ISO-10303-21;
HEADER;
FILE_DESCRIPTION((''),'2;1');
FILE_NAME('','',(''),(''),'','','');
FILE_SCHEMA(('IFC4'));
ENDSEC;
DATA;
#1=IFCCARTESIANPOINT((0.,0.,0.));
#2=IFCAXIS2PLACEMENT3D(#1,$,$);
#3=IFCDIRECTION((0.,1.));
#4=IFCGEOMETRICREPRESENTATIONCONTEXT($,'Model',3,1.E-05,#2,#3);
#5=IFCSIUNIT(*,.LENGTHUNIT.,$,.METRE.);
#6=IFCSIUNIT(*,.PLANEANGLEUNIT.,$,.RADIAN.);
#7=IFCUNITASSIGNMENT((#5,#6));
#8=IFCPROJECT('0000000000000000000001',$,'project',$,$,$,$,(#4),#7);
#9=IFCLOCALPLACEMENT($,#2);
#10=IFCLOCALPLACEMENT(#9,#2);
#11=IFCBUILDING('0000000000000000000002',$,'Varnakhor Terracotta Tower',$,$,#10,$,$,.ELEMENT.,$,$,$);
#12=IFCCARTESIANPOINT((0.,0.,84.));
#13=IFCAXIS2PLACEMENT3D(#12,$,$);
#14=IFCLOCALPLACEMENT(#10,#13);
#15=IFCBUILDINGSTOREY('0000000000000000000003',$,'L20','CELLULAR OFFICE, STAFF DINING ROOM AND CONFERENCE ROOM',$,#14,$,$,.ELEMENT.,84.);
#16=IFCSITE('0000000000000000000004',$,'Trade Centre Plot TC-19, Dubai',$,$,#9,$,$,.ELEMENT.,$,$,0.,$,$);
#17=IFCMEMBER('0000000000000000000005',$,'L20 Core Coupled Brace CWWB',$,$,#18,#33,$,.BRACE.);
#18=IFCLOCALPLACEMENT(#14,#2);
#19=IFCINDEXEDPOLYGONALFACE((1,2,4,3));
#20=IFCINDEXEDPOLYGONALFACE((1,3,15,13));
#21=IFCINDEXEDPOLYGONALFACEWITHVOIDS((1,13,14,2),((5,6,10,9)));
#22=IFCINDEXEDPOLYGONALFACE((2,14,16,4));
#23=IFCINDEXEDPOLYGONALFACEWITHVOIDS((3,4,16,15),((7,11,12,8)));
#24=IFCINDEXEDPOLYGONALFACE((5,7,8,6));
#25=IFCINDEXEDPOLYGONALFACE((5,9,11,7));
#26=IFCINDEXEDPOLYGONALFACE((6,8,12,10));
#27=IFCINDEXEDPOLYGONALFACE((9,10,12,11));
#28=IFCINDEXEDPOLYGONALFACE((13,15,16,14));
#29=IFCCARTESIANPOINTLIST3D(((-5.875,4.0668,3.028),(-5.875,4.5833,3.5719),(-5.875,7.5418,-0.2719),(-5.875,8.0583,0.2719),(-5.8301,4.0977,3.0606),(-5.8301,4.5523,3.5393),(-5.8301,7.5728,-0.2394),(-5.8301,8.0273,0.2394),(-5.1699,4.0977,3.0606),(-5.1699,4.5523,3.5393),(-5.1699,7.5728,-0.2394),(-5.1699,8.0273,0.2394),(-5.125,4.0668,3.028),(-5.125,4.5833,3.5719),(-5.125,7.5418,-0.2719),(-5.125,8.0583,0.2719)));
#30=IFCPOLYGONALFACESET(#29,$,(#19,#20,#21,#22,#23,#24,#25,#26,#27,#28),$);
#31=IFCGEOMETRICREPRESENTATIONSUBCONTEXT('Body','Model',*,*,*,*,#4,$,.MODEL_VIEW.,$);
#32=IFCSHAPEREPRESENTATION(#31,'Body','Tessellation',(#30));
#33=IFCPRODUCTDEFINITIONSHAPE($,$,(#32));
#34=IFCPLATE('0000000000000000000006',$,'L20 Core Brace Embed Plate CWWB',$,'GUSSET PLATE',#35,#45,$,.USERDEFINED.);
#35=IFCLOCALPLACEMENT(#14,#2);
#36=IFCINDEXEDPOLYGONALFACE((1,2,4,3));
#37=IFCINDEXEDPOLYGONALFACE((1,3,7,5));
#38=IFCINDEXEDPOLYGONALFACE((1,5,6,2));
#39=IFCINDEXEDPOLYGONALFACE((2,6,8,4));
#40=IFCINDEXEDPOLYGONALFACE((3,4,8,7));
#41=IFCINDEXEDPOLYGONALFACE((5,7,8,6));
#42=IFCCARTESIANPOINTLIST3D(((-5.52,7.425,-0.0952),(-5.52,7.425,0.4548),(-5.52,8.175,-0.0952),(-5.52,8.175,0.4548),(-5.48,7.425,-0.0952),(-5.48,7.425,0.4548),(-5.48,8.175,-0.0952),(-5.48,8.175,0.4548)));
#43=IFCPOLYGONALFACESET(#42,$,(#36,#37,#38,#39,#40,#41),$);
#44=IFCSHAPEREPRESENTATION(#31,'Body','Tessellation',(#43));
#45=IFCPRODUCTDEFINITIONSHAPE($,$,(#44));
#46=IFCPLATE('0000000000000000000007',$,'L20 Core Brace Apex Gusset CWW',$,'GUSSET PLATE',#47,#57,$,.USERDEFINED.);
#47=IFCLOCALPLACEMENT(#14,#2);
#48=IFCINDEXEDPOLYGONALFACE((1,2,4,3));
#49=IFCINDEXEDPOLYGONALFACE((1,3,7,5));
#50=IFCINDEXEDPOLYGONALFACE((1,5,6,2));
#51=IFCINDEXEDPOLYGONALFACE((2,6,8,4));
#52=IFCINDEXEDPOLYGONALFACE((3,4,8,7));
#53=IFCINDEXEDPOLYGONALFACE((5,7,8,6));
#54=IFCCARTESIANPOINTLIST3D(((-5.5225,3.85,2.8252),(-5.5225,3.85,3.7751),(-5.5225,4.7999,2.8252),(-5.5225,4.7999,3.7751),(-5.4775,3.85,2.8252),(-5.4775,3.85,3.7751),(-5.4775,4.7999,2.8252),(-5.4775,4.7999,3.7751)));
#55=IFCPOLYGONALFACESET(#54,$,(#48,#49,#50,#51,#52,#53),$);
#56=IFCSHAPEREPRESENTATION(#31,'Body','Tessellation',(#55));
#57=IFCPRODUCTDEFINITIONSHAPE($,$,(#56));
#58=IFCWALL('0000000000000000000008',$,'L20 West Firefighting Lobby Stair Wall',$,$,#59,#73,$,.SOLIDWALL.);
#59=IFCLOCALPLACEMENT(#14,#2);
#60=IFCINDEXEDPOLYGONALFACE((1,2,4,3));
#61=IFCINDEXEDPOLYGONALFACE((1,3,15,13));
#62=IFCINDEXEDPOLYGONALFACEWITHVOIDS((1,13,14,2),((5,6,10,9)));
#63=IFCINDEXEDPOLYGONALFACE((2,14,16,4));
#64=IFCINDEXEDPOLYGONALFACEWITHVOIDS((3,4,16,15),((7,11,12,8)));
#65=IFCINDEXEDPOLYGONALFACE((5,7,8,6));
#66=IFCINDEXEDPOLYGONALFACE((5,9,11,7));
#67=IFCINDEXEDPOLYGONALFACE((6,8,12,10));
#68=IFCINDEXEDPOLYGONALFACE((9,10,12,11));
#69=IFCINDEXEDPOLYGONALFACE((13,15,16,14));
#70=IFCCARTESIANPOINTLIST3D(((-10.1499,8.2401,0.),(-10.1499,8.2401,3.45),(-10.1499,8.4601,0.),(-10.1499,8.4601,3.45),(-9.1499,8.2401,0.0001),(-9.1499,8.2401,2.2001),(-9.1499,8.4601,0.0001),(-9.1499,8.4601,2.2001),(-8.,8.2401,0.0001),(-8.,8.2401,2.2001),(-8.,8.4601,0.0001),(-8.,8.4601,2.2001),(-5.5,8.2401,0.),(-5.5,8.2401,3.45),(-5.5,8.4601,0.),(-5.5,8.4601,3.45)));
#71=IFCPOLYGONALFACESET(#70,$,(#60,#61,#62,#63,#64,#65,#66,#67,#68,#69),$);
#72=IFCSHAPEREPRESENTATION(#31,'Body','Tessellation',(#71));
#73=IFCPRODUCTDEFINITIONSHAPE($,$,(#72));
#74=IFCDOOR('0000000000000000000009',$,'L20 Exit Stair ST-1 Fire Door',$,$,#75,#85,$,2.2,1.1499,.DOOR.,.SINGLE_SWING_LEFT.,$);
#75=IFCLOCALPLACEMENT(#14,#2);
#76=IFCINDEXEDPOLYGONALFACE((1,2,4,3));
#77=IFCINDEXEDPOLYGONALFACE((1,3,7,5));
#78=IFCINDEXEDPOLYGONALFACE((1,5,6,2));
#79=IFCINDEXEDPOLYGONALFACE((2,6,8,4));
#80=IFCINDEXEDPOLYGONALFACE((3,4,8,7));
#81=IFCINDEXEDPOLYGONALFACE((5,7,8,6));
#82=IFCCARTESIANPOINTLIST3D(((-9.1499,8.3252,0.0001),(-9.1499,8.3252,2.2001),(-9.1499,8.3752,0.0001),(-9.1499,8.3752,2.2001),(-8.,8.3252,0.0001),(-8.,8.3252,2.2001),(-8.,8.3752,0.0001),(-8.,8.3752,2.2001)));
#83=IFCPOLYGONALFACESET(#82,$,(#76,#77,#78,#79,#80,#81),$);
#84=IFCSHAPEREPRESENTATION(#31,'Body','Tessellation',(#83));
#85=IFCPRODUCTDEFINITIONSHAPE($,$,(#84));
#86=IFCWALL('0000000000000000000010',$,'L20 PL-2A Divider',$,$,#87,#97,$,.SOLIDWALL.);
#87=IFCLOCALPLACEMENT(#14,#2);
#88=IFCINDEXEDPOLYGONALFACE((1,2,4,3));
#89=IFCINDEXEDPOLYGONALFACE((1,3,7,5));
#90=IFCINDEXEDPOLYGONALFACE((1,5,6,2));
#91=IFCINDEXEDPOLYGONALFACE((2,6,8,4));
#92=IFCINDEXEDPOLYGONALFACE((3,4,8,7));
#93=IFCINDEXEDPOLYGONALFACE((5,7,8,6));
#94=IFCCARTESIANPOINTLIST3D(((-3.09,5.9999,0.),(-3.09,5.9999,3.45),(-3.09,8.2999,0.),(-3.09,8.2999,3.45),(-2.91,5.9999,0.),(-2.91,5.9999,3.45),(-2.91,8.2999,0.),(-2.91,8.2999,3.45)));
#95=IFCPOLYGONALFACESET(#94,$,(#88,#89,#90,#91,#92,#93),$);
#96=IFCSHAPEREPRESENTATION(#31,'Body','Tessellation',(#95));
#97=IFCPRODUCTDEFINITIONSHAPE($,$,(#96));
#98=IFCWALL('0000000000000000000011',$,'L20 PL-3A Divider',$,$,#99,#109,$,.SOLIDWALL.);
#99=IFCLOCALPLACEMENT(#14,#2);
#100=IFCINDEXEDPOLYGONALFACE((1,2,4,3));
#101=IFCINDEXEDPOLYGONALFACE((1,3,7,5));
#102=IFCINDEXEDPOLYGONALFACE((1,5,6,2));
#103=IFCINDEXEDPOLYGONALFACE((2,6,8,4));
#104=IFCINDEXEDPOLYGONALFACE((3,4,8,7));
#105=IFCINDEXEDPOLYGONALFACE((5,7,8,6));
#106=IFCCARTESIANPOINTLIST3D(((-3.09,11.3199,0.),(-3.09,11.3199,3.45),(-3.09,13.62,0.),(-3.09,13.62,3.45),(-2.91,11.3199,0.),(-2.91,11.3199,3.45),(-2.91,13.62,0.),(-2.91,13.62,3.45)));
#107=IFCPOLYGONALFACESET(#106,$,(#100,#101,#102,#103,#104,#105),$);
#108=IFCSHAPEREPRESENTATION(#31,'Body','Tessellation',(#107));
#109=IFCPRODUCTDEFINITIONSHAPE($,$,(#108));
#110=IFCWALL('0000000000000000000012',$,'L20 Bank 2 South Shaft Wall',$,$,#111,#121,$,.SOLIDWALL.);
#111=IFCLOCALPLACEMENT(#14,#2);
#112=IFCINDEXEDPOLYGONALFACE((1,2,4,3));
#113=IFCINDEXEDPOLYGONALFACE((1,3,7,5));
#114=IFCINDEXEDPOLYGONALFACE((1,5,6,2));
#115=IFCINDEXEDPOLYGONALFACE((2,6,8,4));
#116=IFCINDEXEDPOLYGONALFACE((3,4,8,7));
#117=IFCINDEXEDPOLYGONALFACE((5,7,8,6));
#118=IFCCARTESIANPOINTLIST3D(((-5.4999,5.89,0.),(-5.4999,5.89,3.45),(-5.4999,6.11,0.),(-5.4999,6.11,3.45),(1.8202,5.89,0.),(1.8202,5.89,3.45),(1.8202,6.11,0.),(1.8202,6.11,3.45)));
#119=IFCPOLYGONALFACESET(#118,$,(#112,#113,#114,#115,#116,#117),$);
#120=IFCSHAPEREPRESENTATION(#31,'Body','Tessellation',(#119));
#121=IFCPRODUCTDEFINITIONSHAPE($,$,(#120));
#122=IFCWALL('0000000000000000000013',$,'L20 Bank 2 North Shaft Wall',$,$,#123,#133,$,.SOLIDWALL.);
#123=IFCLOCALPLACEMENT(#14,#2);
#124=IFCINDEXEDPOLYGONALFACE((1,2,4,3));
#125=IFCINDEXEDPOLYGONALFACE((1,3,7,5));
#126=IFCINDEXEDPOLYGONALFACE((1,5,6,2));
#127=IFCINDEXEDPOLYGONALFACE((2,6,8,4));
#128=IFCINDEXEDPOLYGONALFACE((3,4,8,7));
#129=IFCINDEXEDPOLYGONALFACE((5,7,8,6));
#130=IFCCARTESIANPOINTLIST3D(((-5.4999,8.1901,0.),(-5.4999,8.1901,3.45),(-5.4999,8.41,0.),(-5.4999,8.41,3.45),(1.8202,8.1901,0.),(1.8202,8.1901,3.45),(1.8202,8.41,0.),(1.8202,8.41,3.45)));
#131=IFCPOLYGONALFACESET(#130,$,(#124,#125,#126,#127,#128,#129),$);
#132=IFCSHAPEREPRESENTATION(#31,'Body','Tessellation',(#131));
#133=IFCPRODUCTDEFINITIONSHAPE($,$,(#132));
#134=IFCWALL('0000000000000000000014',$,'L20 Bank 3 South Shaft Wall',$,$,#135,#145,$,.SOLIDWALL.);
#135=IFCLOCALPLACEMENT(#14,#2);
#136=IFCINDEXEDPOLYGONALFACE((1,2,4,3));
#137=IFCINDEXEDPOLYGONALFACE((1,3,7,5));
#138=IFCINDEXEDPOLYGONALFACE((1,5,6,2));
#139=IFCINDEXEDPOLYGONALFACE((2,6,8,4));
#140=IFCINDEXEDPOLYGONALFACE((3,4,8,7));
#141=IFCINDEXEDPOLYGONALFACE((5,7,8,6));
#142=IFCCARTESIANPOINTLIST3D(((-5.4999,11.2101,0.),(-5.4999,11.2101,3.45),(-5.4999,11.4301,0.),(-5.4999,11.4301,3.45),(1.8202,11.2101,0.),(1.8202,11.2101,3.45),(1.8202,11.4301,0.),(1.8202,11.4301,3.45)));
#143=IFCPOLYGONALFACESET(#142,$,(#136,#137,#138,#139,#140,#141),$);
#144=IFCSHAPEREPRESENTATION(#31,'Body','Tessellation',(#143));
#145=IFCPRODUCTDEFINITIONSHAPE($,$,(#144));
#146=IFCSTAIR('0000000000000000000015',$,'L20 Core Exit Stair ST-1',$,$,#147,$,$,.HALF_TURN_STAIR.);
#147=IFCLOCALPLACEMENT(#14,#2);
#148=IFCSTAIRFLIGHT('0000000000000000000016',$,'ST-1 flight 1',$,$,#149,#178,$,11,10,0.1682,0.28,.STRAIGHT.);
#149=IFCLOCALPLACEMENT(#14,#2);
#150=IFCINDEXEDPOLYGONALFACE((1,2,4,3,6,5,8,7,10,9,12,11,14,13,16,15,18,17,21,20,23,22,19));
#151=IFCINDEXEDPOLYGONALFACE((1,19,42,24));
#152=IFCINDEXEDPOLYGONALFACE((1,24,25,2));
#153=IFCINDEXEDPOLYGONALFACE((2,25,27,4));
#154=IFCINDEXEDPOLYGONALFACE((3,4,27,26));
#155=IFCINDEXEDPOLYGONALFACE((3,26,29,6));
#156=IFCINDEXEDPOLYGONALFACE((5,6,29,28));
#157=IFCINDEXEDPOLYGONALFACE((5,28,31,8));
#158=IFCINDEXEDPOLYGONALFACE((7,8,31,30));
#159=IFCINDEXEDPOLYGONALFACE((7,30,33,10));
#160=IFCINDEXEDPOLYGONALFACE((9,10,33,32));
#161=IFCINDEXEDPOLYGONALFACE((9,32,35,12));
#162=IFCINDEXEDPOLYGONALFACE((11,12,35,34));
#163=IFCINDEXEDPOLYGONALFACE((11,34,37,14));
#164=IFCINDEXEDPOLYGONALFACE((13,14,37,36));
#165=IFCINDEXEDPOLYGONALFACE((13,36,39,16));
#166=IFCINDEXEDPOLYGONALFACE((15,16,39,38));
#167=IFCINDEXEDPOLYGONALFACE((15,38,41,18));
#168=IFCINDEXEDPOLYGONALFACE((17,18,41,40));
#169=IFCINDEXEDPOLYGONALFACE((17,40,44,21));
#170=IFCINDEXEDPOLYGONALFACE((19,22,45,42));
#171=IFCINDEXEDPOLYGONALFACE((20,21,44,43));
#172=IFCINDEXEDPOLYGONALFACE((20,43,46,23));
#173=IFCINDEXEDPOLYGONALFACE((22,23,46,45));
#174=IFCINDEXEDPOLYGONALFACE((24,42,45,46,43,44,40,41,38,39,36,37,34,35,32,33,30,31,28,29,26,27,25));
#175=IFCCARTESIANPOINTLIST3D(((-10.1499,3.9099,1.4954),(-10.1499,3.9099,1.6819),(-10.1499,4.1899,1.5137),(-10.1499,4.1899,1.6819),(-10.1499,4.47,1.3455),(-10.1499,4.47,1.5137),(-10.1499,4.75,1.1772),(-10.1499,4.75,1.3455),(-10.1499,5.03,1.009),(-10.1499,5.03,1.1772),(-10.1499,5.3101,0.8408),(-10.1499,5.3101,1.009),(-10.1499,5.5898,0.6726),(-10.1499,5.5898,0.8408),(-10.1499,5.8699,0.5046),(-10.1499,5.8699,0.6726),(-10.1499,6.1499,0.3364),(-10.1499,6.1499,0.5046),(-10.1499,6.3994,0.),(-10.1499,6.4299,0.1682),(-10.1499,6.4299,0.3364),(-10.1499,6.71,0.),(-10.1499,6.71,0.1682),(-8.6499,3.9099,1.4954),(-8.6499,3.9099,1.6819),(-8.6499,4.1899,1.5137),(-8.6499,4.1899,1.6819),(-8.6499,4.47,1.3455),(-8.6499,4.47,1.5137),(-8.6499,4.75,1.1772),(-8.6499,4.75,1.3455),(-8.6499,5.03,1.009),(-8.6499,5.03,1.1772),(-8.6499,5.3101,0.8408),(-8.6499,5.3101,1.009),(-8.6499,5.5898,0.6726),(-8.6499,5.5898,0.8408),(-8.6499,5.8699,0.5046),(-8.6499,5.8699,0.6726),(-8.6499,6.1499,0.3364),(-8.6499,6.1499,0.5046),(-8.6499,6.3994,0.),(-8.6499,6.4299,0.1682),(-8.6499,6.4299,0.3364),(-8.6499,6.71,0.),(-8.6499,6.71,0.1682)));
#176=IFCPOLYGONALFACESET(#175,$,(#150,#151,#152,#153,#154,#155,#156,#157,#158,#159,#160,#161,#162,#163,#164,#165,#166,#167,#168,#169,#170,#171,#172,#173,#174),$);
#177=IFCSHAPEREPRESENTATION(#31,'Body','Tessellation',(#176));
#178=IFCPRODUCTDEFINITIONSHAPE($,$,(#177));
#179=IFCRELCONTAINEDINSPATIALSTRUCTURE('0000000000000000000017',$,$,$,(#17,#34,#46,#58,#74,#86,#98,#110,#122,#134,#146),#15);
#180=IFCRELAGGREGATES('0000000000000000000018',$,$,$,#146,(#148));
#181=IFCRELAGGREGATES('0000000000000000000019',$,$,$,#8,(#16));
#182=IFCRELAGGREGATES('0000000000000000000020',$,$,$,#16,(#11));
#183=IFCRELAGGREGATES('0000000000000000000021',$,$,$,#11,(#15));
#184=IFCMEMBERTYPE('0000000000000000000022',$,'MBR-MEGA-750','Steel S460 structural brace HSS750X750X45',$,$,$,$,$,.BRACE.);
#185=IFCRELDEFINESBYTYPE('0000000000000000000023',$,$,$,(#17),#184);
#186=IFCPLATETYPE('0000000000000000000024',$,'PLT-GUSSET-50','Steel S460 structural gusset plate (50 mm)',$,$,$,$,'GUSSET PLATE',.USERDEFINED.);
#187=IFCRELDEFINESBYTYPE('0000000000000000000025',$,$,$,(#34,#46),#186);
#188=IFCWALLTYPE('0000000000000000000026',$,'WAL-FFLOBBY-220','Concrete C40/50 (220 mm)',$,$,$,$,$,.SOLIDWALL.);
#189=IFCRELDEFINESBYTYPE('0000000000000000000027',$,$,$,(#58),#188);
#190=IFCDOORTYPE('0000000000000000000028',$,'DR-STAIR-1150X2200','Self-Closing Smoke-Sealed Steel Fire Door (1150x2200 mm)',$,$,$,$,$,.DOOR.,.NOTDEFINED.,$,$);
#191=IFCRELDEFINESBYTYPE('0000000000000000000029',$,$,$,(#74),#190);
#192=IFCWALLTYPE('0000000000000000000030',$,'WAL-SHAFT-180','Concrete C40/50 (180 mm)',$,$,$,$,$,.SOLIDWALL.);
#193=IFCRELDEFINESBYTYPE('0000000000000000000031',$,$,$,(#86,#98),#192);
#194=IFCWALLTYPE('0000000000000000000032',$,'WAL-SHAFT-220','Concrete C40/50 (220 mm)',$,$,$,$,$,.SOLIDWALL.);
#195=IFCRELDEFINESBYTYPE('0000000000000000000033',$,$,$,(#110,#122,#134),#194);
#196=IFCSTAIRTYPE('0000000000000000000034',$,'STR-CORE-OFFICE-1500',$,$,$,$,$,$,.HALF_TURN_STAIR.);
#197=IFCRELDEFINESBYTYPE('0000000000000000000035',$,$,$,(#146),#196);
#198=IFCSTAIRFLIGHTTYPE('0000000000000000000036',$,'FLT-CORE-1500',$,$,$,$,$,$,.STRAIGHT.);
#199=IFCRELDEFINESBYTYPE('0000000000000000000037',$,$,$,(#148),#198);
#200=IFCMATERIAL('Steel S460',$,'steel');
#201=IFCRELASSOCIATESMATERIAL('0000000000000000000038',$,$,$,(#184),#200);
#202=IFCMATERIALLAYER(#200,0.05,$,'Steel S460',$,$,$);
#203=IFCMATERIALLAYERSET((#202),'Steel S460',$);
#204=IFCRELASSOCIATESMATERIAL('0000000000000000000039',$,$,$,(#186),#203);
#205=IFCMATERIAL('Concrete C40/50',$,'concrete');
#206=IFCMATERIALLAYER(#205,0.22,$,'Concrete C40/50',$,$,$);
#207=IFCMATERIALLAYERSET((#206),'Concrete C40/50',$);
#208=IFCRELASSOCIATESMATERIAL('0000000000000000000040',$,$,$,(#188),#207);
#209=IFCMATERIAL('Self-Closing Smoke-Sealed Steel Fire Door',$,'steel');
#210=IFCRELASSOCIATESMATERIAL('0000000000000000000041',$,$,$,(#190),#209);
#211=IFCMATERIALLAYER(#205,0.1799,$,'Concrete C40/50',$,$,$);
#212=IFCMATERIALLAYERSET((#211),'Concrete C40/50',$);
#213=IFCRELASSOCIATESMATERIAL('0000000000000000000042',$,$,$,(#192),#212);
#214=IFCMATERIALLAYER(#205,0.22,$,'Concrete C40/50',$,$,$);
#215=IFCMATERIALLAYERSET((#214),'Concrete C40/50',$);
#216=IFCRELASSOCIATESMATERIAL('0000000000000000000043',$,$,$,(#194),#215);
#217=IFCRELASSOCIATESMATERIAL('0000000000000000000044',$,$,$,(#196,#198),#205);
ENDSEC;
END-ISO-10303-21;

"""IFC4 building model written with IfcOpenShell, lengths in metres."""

from ifc_helpers import new_model, si_unit, direction, frame, frame_2d, origin, origin_2d, place, context, subcontext, project, spatial, polyline, rectangle, hollow_rectangle, outline, extrude, source, transform, mapped, material, layer, layer_set, material_profile, profile_set, type_object, type_shapes, element, fill, aggregate, save


model = new_model("IFC4")

# Units and contexts
model_context = context("Model", 3, precision=1e-05, world=origin(), true_north=direction((0.0, 1.0)))
body_context = subcontext(model_context, "Body", "Model", "MODEL_VIEW")
ifc_project = project(units=[si_unit("LENGTHUNIT", "METRE"), si_unit("PLANEANGLEUNIT", "RADIAN")], contexts=[model_context])

# Site, building, storey
site_placement = place(None, origin())
site = spatial("IfcSite", under=ifc_project, at=site_placement, Name="Trade Centre Plot TC-19, Dubai", CompositionType="ELEMENT", RefElevation=0.0)
building_placement = place(site_placement, origin())
building = spatial("IfcBuilding", under=site, at=building_placement, Name="Varnakhor Terracotta Tower", CompositionType="ELEMENT")
storey_placement = place(building_placement, frame((0.0, 0.0, 84.0)))
storey = spatial("IfcBuildingStorey", under=building, at=storey_placement, Name="L20", Description="CELLULAR OFFICE, STAFF DINING ROOM AND CONFERENCE ROOM", CompositionType="ELEMENT", Elevation=84.0)

# Member
ifc_material_1 = material(Name="Steel S460", Category="steel")
ifc_material_profile = material_profile(ifc_material_1, hollow_rectangle(XDim=0.75, YDim=0.75, WallThickness=0.0449, at=origin_2d()), Name="HSS750X750X45")
ifc_profile_set = profile_set([ifc_material_profile], Name="Steel S460")
member_type = type_object("IfcMemberType", Name="MBR-MEGA-750", Description="Steel S460 structural brace HSS750X750X45", PredefinedType="BRACE", material=ifc_profile_set)
shared_shape_1 = source(origin(), body_context, "Body", "SweptSolid", [
    extrude(hollow_rectangle(XDim=0.75, YDim=0.75, WallThickness=0.0449, at=origin_2d()), origin(), (0.0, 0.0, 1.0), 4.7922),
])
member_placement = place(storey_placement, frame((-5.5, 7.8, 0.0), z_axis=(0.0, -0.725134, 0.688608), x_axis=(1.0, 0.0, 0.0)))
element("IfcMember", 1, at=member_placement, inside=storey, type_object=member_type, Name="L20 Core Coupled Brace CWWB", PredefinedType="BRACE", context=body_context, shape_type="MappedRepresentation", body=[
    mapped(shared_shape_1, transform((0.0, 0.0, 0.0), scale=1.0)),
])

# Plates
ifc_layer_1 = layer(ifc_material_1, 0.05, Name="Steel S460")
ifc_layer_set_1 = layer_set([ifc_layer_1], Name="Steel S460")
plate_type = type_object("IfcPlateType", Name="PLT-GUSSET-50", Description="Steel S460 structural gusset plate (50 mm)", ElementType="GUSSET PLATE", PredefinedType="USERDEFINED", material=ifc_layer_set_1)
shared_shape_2 = source(origin(), body_context, "Body", "SweptSolid", [
    extrude(rectangle(XDim=0.75, YDim=0.04, at=origin_2d()), origin(), (0.0, 0.0, 1.0), 0.55),
])
type_shapes(plate_type, [shared_shape_2])
plate_1_placement = place(storey_placement, frame((-5.5, 7.8, -0.0952), z_axis=(0.0, 0.0, 1.0), x_axis=(0.0, 1.0, 0.0)))
element("IfcPlate", 2, at=plate_1_placement, inside=storey, type_object=plate_type, Name="L20 Core Brace Embed Plate CWWB", ObjectType="GUSSET PLATE", PredefinedType="USERDEFINED", context=body_context, shape_type="MappedRepresentation", body=[
    mapped(shared_shape_2, transform((0.0, 0.0, 0.0), scale=1.0)),
])
shared_shape_3 = source(origin(), body_context, "Body", "SweptSolid", [
    extrude(rectangle(XDim=0.95, YDim=0.0449, at=origin_2d()), origin(), (0.0, 0.0, 1.0), 0.95),
])
plate_2_placement = place(storey_placement, frame((-5.5, 4.325, 2.8252), z_axis=(0.0, 0.0, 1.0), x_axis=(0.0, 1.0, 0.0)))
element("IfcPlate", 3, at=plate_2_placement, inside=storey, type_object=plate_type, Name="L20 Core Brace Apex Gusset CWW", ObjectType="GUSSET PLATE", PredefinedType="USERDEFINED", context=body_context, shape_type="MappedRepresentation", body=[
    mapped(shared_shape_3, transform((0.0, 0.0, 0.0), scale=1.0)),
])

# Wall, opening, door
ifc_material_2 = material(Name="Concrete C40/50", Category="concrete")
ifc_layer_2 = layer(ifc_material_2, 0.22, Name="Concrete C40/50")
ifc_layer_set_2 = layer_set([ifc_layer_2], Name="Concrete C40/50")
wall_type_1 = type_object("IfcWallType", Name="WAL-FFLOBBY-220", Description="Concrete C40/50 (220 mm)", PredefinedType="SOLIDWALL", material=ifc_layer_set_2)
wall_placement = place(storey_placement, frame((-5.5, 8.3501, 0.0), z_axis=(0.0, 0.0, 1.0), x_axis=(-1.0, 0.0, 0.0)))
wall = element("IfcWall", 4, at=wall_placement, inside=storey, type_object=wall_type_1, Name="L20 West Firefighting Lobby Stair Wall", PredefinedType="SOLIDWALL", context=body_context, shape_type="SweptSolid", body=[
    extrude(rectangle(XDim=4.6499, YDim=0.22, at=frame_2d((2.325, 0.0))), origin(), (0.0, 0.0, 1.0), 3.45),
])
opening_placement = place(wall_placement, frame((2.5, 0.0, 0.0)))
opening = element("IfcOpeningElement", 5, at=opening_placement, cuts=wall, PredefinedType="OPENING", context=body_context, shape_type="SweptSolid", body=[
    extrude(rectangle(XDim=1.1499, YDim=2.2, at=frame_2d((0.575, 1.1001))), frame((0.0, 0.1201, 0.0), z_axis=(0.0, -1.0, 0.0), x_axis=(1.0, 0.0, 0.0)), (0.0, 0.0, 1.0), 0.24),
])
ifc_material_3 = material(Name="Self-Closing Smoke-Sealed Steel Fire Door", Category="steel")
door_type = type_object("IfcDoorType", Name="DR-STAIR-1150X2200", Description="Self-Closing Smoke-Sealed Steel Fire Door (1150x2200 mm)", OperationType="NOTDEFINED", PredefinedType="DOOR", material=ifc_material_3)
shared_shape_4 = source(origin(), body_context, "Body", "SweptSolid", [
    extrude(rectangle(XDim=1.1499, YDim=2.2, at=frame_2d((0.575, 1.1001))), frame((0.0, 0.0249, 0.0), z_axis=(0.0, -1.0, 0.0), x_axis=(1.0, 0.0, 0.0)), (0.0, 0.0, 1.0), 0.05),
])
type_shapes(door_type, [shared_shape_4])
door_placement = place(opening_placement, origin())
door = element("IfcDoor", 6, at=door_placement, inside=storey, type_object=door_type, Name="L20 Exit Stair ST-1 Fire Door", OperationType="SINGLE_SWING_LEFT", OverallHeight=2.2, OverallWidth=1.1499, PredefinedType="DOOR", context=body_context, shape_type="MappedRepresentation", body=[
    mapped(shared_shape_4, transform((0.0, 0.0, 0.0), scale=1.0)),
])
fill(opening, door)

# Walls
ifc_layer_3 = layer(ifc_material_2, 0.1799, Name="Concrete C40/50")
ifc_layer_set_3 = layer_set([ifc_layer_3], Name="Concrete C40/50")
wall_type_2 = type_object("IfcWallType", Name="WAL-SHAFT-180", Description="Concrete C40/50 (180 mm)", PredefinedType="SOLIDWALL", material=ifc_layer_set_3)
for number, where, z_axis, x_axis, name in (
    (7, (-3.0, 6.0, 0.0), (0.0, 0.0, 1.0), (0.0, 1.0, 0.0), "L20 PL-2A Divider"),
    (8, (-3.0, 11.3201, 0.0), (0.0, 0.0, 1.0), (0.0, 1.0, 0.0), "L20 PL-3A Divider"),
):
    element("IfcWall", number, at=place(storey_placement, frame(where, z_axis=z_axis, x_axis=x_axis)), inside=storey, type_object=wall_type_2, Name=name, PredefinedType="SOLIDWALL", context=body_context, shape_type="SweptSolid", body=[
        extrude(rectangle(XDim=2.3, YDim=0.1799, at=frame_2d((1.1499, 0.0))), origin(), (0.0, 0.0, 1.0), 3.45),
    ])
ifc_layer_4 = layer(ifc_material_2, 0.22, Name="Concrete C40/50")
ifc_layer_set_4 = layer_set([ifc_layer_4], Name="Concrete C40/50")
wall_type_3 = type_object("IfcWallType", Name="WAL-SHAFT-220", Description="Concrete C40/50 (220 mm)", PredefinedType="SOLIDWALL", material=ifc_layer_set_4)
for number, where, z_axis, x_axis, name in (
    (9, (-5.5, 6.0, 0.0), (0.0, 0.0, 1.0), (1.0, 0.0, 0.0), "L20 Bank 2 South Shaft Wall"),
    (10, (-5.5, 8.3, 0.0), (0.0, 0.0, 1.0), (1.0, 0.0, 0.0), "L20 Bank 2 North Shaft Wall"),
    (11, (-5.5, 11.3201, 0.0), (0.0, 0.0, 1.0), (1.0, 0.0, 0.0), "L20 Bank 3 South Shaft Wall"),
):
    element("IfcWall", number, at=place(storey_placement, frame(where, z_axis=z_axis, x_axis=x_axis)), inside=storey, type_object=wall_type_3, Name=name, PredefinedType="SOLIDWALL", context=body_context, shape_type="SweptSolid", body=[
        extrude(rectangle(XDim=7.3201, YDim=0.22, at=frame_2d((3.6602, 0.0))), origin(), (0.0, 0.0, 1.0), 3.45),
    ])

# Stair, stair flight
stair_type = type_object("IfcStairType", Name="STR-CORE-OFFICE-1500", PredefinedType="HALF_TURN_STAIR", material=ifc_material_2)
stair_placement = place(storey_placement, origin())
stair = element("IfcStair", 12, at=stair_placement, inside=storey, type_object=stair_type, Name="L20 Core Exit Stair ST-1", PredefinedType="HALF_TURN_STAIR")
stair_flight_type = type_object("IfcStairFlightType", Name="FLT-CORE-1500", PredefinedType="STRAIGHT", material=ifc_material_2)
stair_flight_1_placement = place(storey_placement, frame((-9.3999, 6.71, 0.0), z_axis=(0.0, 0.0, 1.0), x_axis=(0.0, -1.0, 0.0)))
stair_flight_1 = element("IfcStairFlight", 13, at=stair_flight_1_placement, type_object=stair_flight_type, Name="ST-1 flight 1", NumberOfRisers=11, NumberOfTreads=10, PredefinedType="STRAIGHT", RiserHeight=0.1682, TreadLength=0.28, context=body_context, shape_type="SweptSolid", body=[
    extrude(outline(polyline([(0.0, 0.0), (0.0, 0.1682), (0.28, 0.1682), (0.28, 0.3364), (0.5601, 0.3364), (0.5601, 0.5046), (0.8401, 0.5046), (0.8401, 0.6726), (1.1201, 0.6726), (1.1201, 0.8408), (1.3999, 0.8408), (1.3999, 1.009), (1.6799, 1.009), (1.6799, 1.1772), (1.96, 1.1772), (1.96, 1.3455), (2.24, 1.3455), (2.24, 1.5137), (2.52, 1.5137), (2.52, 1.6819), (2.8, 1.6819), (2.8, 1.8501), (2.8, 1.4954), (0.3105, 0.0), (0.0, 0.0)])), frame((0.0, 0.75, 0.0), z_axis=(0.0, -1.0, 0.0), x_axis=(1.0, 0.0, 0.0)), (0.0, 0.0, 1.0), 1.5),
])
aggregate(stair, [stair_flight_1])

save(model, "model.ifc")
